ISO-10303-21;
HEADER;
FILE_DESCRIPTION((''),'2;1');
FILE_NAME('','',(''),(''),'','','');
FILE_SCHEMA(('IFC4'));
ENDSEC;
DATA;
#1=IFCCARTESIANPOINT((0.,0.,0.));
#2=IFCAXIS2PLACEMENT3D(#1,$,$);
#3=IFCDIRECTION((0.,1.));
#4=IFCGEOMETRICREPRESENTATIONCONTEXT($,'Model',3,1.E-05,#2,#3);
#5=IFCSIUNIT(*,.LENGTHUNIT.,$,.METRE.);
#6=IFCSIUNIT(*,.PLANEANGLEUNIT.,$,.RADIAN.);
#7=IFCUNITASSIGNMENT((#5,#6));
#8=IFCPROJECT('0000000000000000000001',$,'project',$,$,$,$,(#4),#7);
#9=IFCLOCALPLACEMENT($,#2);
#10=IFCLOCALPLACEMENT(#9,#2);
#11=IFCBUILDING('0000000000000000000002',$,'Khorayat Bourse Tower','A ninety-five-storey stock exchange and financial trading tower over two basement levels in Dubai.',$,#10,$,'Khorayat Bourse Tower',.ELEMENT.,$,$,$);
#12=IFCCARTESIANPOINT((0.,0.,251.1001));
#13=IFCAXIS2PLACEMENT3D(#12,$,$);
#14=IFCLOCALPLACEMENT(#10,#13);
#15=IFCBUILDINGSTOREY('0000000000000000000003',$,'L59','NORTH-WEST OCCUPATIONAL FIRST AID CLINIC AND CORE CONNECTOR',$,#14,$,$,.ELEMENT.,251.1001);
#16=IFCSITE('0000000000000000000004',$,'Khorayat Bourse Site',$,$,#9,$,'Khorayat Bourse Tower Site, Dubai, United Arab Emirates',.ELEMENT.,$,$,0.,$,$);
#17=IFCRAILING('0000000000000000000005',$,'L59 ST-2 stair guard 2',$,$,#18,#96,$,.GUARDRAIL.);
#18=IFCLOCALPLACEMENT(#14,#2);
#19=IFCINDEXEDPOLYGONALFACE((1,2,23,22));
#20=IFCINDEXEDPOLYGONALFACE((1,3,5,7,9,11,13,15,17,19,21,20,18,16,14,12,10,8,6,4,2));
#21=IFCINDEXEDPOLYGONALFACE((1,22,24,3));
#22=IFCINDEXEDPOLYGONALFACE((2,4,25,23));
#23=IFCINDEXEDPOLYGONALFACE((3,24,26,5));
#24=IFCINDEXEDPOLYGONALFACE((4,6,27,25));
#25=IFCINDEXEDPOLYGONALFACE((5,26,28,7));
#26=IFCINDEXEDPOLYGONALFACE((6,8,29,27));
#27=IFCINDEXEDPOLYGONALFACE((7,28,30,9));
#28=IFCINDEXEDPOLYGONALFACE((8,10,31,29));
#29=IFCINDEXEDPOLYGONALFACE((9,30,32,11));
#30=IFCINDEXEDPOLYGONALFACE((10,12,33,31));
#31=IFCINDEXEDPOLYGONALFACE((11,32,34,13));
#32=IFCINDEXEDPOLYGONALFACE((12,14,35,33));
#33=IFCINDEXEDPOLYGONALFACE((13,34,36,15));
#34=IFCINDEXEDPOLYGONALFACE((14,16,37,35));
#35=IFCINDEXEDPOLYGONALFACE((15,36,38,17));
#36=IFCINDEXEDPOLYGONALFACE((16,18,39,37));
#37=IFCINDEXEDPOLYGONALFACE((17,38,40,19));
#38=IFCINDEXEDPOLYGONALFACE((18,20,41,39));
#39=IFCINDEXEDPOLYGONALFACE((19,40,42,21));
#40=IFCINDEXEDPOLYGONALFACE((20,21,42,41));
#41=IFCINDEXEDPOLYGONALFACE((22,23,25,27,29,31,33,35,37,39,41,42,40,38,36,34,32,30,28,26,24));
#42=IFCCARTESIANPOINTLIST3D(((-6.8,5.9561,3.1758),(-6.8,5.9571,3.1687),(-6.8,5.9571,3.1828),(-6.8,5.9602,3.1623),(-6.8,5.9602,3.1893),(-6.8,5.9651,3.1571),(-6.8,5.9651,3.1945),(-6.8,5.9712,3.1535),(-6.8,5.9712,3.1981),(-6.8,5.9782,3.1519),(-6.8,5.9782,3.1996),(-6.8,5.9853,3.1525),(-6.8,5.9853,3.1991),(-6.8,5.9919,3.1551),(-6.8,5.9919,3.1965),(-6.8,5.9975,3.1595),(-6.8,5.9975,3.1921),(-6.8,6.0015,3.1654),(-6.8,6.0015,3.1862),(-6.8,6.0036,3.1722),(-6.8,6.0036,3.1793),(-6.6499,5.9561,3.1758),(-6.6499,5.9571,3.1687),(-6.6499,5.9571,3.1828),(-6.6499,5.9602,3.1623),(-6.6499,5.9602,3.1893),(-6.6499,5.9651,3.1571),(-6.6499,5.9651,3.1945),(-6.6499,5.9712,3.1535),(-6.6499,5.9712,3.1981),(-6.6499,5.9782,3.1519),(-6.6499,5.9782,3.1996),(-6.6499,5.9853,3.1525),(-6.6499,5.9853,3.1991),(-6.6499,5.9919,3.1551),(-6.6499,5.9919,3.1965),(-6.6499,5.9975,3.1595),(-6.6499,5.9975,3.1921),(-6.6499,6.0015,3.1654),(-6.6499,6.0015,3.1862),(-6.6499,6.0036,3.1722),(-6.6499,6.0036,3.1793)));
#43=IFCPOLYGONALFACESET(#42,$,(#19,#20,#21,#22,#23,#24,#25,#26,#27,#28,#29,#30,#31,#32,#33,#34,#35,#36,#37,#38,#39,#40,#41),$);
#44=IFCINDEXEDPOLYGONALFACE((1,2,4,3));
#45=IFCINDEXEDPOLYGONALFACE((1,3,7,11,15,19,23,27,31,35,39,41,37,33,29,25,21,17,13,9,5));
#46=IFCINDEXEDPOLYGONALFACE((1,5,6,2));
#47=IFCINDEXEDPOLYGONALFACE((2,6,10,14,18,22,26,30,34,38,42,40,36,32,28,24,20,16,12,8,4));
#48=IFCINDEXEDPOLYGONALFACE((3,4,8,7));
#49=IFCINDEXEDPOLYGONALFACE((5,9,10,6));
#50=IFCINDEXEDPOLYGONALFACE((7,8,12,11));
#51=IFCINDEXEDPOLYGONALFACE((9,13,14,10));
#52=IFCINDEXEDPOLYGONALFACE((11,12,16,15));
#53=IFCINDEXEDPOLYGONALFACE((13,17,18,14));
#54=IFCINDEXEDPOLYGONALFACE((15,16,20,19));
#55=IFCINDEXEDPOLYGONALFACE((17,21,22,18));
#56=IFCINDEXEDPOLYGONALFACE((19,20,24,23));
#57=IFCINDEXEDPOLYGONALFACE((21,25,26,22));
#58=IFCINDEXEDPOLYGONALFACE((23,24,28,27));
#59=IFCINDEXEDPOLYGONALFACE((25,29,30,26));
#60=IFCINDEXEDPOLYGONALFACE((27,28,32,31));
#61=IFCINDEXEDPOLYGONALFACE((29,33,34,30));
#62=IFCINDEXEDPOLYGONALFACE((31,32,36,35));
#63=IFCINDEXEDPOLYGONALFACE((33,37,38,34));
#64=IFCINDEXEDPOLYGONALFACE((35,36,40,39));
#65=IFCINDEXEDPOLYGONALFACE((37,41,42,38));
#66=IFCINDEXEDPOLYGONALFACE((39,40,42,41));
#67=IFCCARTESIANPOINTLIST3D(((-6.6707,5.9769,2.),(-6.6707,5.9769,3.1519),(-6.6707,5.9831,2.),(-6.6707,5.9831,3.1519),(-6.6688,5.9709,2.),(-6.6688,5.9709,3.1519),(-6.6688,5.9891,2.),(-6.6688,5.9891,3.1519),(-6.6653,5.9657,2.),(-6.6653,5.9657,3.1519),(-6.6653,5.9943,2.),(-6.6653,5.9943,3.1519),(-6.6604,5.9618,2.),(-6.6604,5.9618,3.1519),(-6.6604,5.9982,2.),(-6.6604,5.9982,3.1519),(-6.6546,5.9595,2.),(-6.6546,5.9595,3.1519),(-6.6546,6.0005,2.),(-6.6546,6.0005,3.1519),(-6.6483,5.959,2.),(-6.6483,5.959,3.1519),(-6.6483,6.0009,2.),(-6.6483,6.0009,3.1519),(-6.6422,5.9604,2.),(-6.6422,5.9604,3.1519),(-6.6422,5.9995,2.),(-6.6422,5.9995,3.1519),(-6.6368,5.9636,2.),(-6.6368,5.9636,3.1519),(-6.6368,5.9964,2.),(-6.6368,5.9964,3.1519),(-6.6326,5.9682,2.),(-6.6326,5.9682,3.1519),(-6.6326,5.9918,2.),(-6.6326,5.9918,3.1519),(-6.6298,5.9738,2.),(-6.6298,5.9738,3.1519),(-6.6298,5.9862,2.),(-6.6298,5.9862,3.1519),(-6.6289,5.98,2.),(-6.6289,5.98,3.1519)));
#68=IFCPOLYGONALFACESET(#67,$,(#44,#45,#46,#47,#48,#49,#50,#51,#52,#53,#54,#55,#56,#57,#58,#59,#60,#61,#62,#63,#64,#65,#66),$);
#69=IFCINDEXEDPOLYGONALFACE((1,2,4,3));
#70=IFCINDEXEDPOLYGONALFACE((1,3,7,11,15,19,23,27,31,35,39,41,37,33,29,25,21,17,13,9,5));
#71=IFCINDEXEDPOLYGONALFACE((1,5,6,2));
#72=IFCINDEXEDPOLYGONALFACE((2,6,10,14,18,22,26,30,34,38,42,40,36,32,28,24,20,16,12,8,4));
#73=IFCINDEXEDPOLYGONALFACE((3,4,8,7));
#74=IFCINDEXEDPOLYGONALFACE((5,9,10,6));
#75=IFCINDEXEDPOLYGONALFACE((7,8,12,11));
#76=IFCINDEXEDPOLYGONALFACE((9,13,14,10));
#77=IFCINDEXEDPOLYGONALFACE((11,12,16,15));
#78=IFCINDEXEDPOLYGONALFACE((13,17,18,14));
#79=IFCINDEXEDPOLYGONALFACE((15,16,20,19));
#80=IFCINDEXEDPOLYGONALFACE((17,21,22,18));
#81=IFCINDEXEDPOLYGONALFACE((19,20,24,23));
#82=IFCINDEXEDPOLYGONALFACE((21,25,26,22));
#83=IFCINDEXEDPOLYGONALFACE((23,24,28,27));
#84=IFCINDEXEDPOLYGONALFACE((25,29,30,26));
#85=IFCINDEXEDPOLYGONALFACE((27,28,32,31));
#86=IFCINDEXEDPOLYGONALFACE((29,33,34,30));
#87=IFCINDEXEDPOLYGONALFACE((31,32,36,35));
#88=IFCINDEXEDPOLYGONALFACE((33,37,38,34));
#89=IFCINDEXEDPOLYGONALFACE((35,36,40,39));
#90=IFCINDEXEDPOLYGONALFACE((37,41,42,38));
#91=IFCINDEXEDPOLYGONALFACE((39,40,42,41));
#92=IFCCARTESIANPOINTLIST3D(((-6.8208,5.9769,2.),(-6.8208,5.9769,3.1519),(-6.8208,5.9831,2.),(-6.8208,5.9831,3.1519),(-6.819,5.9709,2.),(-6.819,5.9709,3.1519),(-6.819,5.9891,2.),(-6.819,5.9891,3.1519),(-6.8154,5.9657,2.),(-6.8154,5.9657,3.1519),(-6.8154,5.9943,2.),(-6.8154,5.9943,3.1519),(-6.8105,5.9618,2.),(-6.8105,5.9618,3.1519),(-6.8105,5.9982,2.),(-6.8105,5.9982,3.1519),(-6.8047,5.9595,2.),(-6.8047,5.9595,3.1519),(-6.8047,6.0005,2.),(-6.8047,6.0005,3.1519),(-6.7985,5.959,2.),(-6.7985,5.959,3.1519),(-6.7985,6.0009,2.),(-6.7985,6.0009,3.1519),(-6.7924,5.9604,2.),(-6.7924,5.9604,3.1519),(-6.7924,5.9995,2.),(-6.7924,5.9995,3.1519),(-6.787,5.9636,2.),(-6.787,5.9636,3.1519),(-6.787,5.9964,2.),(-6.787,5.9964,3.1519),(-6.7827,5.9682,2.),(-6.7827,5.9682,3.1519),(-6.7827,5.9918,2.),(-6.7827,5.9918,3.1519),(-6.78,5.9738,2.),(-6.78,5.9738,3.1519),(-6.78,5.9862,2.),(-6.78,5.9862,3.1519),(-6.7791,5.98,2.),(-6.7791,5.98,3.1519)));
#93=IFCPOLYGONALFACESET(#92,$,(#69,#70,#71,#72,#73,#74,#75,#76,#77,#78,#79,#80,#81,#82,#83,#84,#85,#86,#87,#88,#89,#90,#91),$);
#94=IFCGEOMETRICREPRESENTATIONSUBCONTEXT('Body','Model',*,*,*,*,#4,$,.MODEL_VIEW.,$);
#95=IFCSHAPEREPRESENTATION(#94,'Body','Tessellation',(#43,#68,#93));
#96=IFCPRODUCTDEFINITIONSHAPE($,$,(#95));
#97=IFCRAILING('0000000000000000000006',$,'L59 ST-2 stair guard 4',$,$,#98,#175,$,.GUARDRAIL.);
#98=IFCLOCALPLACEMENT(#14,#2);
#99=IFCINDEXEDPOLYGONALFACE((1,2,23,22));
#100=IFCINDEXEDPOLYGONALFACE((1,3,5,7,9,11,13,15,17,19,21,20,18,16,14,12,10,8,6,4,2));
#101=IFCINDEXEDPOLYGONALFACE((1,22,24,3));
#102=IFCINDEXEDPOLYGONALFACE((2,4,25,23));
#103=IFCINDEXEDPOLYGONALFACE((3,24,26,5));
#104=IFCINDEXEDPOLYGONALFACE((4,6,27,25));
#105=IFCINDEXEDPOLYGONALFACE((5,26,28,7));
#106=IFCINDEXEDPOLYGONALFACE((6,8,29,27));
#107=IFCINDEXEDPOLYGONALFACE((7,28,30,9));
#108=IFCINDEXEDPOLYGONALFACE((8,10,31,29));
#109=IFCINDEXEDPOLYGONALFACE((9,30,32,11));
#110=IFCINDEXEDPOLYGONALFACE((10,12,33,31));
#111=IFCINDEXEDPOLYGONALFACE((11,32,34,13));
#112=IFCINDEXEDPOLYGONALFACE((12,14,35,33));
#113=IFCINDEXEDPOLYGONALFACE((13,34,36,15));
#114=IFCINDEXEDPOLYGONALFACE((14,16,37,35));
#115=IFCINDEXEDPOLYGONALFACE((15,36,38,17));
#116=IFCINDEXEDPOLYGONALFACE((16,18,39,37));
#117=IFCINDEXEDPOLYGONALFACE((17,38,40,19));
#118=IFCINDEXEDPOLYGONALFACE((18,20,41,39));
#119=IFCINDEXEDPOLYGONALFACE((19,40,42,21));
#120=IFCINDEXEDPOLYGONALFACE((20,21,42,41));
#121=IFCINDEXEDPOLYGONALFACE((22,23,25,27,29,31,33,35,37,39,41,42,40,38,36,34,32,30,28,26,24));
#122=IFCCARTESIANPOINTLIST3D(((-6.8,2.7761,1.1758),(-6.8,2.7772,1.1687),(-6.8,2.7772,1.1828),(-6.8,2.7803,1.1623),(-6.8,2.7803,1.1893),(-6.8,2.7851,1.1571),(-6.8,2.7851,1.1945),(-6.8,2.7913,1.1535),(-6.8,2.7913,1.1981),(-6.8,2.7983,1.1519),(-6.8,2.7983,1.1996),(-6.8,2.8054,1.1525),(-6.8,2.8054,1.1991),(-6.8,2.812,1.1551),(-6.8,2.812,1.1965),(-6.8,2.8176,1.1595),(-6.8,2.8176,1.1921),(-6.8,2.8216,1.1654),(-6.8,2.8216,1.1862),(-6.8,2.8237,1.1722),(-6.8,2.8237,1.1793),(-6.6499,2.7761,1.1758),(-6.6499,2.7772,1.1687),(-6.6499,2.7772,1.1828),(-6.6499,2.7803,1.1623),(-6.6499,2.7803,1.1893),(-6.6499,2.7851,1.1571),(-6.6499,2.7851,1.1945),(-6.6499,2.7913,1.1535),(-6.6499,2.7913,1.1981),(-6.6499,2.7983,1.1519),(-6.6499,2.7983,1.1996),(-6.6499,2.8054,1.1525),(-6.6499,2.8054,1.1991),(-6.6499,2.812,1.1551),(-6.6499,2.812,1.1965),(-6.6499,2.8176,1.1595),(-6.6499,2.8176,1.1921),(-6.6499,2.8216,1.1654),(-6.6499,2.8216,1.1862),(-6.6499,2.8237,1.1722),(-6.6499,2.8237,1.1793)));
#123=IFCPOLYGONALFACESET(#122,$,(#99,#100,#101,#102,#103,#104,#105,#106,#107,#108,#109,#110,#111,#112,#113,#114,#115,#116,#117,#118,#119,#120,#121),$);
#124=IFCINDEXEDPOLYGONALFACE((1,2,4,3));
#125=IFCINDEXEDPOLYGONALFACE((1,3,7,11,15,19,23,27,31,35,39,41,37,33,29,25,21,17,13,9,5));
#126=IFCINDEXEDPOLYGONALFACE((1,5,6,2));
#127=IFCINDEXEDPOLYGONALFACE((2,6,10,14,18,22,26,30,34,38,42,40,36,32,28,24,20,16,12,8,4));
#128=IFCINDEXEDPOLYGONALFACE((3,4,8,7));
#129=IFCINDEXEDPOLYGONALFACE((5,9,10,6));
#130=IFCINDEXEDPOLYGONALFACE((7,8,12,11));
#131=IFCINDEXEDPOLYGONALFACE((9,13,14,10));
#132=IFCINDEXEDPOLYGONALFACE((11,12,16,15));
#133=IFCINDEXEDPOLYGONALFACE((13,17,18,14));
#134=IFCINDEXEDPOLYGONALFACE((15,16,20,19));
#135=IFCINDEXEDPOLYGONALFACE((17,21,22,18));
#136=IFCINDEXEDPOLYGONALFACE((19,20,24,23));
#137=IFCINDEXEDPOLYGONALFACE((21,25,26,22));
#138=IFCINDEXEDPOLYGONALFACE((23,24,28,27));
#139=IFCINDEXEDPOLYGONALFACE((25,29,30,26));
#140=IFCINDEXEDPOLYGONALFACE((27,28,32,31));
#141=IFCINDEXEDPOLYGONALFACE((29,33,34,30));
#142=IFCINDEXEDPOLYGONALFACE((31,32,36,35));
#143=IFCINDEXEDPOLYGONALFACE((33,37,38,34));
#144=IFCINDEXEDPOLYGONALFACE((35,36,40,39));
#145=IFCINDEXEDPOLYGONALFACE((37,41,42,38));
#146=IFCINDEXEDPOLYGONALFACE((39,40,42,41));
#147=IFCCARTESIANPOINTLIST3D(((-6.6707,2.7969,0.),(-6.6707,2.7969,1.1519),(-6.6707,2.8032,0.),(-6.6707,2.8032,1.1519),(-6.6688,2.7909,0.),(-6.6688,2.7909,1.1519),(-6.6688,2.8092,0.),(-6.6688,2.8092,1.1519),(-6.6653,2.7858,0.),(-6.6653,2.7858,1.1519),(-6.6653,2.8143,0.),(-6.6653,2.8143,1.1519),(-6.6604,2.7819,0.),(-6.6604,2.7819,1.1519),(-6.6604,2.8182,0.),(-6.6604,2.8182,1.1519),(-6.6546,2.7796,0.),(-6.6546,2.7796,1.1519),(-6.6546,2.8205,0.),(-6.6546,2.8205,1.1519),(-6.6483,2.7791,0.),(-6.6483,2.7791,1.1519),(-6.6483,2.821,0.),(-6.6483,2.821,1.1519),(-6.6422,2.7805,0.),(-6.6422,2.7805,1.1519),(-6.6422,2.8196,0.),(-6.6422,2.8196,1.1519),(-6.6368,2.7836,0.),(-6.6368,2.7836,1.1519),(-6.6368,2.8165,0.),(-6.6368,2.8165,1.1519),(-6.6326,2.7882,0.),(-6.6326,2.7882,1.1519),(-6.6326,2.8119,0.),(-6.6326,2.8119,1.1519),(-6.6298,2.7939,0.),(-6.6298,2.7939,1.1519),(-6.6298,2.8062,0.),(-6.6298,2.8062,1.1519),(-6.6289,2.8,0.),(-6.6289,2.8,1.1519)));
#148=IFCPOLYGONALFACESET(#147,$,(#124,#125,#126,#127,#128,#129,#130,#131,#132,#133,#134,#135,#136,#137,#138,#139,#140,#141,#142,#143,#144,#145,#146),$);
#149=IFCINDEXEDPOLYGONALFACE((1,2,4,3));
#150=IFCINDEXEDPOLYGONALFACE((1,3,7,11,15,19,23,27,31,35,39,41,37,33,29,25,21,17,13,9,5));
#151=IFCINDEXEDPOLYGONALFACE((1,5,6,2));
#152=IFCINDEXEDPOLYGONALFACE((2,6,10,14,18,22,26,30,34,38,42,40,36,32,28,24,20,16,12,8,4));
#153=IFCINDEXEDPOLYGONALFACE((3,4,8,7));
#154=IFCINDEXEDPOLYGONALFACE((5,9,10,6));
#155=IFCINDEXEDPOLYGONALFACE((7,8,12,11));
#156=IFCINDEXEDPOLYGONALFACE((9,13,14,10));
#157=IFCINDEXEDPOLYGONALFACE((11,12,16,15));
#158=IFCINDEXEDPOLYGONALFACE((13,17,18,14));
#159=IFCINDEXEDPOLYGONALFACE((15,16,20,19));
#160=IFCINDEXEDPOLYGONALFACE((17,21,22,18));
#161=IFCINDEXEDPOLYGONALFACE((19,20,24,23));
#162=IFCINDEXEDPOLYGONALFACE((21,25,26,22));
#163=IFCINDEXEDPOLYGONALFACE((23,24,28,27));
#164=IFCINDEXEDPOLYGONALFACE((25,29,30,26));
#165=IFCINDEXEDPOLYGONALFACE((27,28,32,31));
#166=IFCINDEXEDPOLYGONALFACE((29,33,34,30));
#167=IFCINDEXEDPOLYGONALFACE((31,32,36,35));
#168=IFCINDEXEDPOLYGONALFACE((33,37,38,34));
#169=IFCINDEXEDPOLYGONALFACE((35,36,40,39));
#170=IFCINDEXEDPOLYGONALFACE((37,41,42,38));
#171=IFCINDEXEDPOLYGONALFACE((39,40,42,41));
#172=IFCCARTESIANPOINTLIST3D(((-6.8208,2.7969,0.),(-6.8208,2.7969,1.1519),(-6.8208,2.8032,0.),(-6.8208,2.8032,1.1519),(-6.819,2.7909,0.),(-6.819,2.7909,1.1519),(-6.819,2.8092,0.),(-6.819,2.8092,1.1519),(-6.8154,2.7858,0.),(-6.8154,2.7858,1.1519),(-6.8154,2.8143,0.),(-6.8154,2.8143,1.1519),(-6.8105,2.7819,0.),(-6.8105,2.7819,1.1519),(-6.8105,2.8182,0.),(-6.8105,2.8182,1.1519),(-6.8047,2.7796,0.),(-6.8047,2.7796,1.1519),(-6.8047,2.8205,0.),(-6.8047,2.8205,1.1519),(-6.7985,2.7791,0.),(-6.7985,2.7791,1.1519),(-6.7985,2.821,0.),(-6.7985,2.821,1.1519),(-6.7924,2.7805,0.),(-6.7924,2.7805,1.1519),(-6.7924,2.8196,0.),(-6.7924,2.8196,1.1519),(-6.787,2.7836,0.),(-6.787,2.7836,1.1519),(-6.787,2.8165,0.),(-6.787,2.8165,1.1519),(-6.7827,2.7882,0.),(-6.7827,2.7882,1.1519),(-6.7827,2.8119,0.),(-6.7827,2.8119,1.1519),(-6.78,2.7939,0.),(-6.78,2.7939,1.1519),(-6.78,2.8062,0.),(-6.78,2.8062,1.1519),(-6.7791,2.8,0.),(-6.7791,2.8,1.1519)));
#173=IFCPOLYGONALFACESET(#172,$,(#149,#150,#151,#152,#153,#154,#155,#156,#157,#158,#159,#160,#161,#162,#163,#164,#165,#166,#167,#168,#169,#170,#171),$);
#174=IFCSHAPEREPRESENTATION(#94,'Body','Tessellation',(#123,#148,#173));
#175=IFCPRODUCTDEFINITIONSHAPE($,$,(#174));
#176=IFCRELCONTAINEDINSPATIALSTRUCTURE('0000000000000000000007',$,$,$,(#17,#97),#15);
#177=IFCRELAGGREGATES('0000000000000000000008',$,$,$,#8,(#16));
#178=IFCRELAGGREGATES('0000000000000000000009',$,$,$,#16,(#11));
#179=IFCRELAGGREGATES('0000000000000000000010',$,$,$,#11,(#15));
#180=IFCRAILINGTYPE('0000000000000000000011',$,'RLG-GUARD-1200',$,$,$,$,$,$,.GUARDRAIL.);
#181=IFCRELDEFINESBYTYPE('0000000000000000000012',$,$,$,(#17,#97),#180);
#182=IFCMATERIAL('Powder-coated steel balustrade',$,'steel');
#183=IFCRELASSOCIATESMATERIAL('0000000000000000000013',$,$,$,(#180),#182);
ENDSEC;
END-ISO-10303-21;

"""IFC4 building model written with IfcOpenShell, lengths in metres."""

from ifc_helpers import new_model, si_unit, direction, frame, origin, origin_2d, place, context, subcontext, project, spatial, circle, extrude, source, transform, mapped, material, type_object, element, save


model = new_model("IFC4")

# Units and contexts
model_context = context("Model", 3, precision=1e-05, world=origin(), true_north=direction((0.0, 1.0)))
body_context = subcontext(model_context, "Body", "Model", "MODEL_VIEW")
ifc_project = project(units=[si_unit("LENGTHUNIT", "METRE"), si_unit("PLANEANGLEUNIT", "RADIAN")], contexts=[model_context])

# Site, building, storey
site_placement = place(None, origin())
site = spatial("IfcSite", under=ifc_project, at=site_placement, Name="Khorayat Bourse Site", LongName="Khorayat Bourse Tower Site, Dubai, United Arab Emirates", CompositionType="ELEMENT", RefElevation=0.0)
building_placement = place(site_placement, origin())
building = spatial("IfcBuilding", under=site, at=building_placement, Name="Khorayat Bourse Tower", Description="A ninety-five-storey stock exchange and financial trading tower over two basement levels in Dubai.", LongName="Khorayat Bourse Tower", CompositionType="ELEMENT")
storey_placement = place(building_placement, frame((0.0, 0.0, 251.1001)))
storey = spatial("IfcBuildingStorey", under=building, at=storey_placement, Name="L59", Description="NORTH-WEST OCCUPATIONAL FIRST AID CLINIC AND CORE CONNECTOR", CompositionType="ELEMENT", Elevation=251.1001)

# Railings
ifc_material_1 = material(Name="Powder-coated steel balustrade", Category="steel")
railing_type_1 = type_object("IfcRailingType", Name="RLG-GUARD-1200", PredefinedType="GUARDRAIL", material=ifc_material_1)
shared_shape_1 = source(origin(), body_context, "Body", "SweptSolid", [
    extrude(circle(Radius=0.0239, at=origin_2d()), frame((0.0, 0.0, 1.1758), z_axis=(-1.0, 0.0, 0.0), x_axis=(0.0, -1.0, 0.0)), (0.0, 0.0, 1.0), 0.1501),
    extrude(circle(Radius=0.021, at=origin_2d()), origin(), (0.0, 0.0, 1.0), 1.1519),
    extrude(circle(Radius=0.021, at=origin_2d()), frame((-0.1501, 0.0, 0.0)), (0.0, 0.0, 1.0), 1.1519),
])
for number, where, name in (
    (1, (-6.6499, 5.98, 2.0), "L59 ST-2 stair guard 2"),
    (2, (-6.6499, 2.8, 0.0), "L59 ST-2 stair guard 4"),
):
    element("IfcRailing", number, at=place(storey_placement, frame(where)), inside=storey, type_object=railing_type_1, Name=name, PredefinedType="GUARDRAIL", context=body_context, shape_type="MappedRepresentation", body=[
        mapped(shared_shape_1, transform((0.0, 0.0, 0.0), scale=1.0)),
    ])

save(model, "model.ifc")
